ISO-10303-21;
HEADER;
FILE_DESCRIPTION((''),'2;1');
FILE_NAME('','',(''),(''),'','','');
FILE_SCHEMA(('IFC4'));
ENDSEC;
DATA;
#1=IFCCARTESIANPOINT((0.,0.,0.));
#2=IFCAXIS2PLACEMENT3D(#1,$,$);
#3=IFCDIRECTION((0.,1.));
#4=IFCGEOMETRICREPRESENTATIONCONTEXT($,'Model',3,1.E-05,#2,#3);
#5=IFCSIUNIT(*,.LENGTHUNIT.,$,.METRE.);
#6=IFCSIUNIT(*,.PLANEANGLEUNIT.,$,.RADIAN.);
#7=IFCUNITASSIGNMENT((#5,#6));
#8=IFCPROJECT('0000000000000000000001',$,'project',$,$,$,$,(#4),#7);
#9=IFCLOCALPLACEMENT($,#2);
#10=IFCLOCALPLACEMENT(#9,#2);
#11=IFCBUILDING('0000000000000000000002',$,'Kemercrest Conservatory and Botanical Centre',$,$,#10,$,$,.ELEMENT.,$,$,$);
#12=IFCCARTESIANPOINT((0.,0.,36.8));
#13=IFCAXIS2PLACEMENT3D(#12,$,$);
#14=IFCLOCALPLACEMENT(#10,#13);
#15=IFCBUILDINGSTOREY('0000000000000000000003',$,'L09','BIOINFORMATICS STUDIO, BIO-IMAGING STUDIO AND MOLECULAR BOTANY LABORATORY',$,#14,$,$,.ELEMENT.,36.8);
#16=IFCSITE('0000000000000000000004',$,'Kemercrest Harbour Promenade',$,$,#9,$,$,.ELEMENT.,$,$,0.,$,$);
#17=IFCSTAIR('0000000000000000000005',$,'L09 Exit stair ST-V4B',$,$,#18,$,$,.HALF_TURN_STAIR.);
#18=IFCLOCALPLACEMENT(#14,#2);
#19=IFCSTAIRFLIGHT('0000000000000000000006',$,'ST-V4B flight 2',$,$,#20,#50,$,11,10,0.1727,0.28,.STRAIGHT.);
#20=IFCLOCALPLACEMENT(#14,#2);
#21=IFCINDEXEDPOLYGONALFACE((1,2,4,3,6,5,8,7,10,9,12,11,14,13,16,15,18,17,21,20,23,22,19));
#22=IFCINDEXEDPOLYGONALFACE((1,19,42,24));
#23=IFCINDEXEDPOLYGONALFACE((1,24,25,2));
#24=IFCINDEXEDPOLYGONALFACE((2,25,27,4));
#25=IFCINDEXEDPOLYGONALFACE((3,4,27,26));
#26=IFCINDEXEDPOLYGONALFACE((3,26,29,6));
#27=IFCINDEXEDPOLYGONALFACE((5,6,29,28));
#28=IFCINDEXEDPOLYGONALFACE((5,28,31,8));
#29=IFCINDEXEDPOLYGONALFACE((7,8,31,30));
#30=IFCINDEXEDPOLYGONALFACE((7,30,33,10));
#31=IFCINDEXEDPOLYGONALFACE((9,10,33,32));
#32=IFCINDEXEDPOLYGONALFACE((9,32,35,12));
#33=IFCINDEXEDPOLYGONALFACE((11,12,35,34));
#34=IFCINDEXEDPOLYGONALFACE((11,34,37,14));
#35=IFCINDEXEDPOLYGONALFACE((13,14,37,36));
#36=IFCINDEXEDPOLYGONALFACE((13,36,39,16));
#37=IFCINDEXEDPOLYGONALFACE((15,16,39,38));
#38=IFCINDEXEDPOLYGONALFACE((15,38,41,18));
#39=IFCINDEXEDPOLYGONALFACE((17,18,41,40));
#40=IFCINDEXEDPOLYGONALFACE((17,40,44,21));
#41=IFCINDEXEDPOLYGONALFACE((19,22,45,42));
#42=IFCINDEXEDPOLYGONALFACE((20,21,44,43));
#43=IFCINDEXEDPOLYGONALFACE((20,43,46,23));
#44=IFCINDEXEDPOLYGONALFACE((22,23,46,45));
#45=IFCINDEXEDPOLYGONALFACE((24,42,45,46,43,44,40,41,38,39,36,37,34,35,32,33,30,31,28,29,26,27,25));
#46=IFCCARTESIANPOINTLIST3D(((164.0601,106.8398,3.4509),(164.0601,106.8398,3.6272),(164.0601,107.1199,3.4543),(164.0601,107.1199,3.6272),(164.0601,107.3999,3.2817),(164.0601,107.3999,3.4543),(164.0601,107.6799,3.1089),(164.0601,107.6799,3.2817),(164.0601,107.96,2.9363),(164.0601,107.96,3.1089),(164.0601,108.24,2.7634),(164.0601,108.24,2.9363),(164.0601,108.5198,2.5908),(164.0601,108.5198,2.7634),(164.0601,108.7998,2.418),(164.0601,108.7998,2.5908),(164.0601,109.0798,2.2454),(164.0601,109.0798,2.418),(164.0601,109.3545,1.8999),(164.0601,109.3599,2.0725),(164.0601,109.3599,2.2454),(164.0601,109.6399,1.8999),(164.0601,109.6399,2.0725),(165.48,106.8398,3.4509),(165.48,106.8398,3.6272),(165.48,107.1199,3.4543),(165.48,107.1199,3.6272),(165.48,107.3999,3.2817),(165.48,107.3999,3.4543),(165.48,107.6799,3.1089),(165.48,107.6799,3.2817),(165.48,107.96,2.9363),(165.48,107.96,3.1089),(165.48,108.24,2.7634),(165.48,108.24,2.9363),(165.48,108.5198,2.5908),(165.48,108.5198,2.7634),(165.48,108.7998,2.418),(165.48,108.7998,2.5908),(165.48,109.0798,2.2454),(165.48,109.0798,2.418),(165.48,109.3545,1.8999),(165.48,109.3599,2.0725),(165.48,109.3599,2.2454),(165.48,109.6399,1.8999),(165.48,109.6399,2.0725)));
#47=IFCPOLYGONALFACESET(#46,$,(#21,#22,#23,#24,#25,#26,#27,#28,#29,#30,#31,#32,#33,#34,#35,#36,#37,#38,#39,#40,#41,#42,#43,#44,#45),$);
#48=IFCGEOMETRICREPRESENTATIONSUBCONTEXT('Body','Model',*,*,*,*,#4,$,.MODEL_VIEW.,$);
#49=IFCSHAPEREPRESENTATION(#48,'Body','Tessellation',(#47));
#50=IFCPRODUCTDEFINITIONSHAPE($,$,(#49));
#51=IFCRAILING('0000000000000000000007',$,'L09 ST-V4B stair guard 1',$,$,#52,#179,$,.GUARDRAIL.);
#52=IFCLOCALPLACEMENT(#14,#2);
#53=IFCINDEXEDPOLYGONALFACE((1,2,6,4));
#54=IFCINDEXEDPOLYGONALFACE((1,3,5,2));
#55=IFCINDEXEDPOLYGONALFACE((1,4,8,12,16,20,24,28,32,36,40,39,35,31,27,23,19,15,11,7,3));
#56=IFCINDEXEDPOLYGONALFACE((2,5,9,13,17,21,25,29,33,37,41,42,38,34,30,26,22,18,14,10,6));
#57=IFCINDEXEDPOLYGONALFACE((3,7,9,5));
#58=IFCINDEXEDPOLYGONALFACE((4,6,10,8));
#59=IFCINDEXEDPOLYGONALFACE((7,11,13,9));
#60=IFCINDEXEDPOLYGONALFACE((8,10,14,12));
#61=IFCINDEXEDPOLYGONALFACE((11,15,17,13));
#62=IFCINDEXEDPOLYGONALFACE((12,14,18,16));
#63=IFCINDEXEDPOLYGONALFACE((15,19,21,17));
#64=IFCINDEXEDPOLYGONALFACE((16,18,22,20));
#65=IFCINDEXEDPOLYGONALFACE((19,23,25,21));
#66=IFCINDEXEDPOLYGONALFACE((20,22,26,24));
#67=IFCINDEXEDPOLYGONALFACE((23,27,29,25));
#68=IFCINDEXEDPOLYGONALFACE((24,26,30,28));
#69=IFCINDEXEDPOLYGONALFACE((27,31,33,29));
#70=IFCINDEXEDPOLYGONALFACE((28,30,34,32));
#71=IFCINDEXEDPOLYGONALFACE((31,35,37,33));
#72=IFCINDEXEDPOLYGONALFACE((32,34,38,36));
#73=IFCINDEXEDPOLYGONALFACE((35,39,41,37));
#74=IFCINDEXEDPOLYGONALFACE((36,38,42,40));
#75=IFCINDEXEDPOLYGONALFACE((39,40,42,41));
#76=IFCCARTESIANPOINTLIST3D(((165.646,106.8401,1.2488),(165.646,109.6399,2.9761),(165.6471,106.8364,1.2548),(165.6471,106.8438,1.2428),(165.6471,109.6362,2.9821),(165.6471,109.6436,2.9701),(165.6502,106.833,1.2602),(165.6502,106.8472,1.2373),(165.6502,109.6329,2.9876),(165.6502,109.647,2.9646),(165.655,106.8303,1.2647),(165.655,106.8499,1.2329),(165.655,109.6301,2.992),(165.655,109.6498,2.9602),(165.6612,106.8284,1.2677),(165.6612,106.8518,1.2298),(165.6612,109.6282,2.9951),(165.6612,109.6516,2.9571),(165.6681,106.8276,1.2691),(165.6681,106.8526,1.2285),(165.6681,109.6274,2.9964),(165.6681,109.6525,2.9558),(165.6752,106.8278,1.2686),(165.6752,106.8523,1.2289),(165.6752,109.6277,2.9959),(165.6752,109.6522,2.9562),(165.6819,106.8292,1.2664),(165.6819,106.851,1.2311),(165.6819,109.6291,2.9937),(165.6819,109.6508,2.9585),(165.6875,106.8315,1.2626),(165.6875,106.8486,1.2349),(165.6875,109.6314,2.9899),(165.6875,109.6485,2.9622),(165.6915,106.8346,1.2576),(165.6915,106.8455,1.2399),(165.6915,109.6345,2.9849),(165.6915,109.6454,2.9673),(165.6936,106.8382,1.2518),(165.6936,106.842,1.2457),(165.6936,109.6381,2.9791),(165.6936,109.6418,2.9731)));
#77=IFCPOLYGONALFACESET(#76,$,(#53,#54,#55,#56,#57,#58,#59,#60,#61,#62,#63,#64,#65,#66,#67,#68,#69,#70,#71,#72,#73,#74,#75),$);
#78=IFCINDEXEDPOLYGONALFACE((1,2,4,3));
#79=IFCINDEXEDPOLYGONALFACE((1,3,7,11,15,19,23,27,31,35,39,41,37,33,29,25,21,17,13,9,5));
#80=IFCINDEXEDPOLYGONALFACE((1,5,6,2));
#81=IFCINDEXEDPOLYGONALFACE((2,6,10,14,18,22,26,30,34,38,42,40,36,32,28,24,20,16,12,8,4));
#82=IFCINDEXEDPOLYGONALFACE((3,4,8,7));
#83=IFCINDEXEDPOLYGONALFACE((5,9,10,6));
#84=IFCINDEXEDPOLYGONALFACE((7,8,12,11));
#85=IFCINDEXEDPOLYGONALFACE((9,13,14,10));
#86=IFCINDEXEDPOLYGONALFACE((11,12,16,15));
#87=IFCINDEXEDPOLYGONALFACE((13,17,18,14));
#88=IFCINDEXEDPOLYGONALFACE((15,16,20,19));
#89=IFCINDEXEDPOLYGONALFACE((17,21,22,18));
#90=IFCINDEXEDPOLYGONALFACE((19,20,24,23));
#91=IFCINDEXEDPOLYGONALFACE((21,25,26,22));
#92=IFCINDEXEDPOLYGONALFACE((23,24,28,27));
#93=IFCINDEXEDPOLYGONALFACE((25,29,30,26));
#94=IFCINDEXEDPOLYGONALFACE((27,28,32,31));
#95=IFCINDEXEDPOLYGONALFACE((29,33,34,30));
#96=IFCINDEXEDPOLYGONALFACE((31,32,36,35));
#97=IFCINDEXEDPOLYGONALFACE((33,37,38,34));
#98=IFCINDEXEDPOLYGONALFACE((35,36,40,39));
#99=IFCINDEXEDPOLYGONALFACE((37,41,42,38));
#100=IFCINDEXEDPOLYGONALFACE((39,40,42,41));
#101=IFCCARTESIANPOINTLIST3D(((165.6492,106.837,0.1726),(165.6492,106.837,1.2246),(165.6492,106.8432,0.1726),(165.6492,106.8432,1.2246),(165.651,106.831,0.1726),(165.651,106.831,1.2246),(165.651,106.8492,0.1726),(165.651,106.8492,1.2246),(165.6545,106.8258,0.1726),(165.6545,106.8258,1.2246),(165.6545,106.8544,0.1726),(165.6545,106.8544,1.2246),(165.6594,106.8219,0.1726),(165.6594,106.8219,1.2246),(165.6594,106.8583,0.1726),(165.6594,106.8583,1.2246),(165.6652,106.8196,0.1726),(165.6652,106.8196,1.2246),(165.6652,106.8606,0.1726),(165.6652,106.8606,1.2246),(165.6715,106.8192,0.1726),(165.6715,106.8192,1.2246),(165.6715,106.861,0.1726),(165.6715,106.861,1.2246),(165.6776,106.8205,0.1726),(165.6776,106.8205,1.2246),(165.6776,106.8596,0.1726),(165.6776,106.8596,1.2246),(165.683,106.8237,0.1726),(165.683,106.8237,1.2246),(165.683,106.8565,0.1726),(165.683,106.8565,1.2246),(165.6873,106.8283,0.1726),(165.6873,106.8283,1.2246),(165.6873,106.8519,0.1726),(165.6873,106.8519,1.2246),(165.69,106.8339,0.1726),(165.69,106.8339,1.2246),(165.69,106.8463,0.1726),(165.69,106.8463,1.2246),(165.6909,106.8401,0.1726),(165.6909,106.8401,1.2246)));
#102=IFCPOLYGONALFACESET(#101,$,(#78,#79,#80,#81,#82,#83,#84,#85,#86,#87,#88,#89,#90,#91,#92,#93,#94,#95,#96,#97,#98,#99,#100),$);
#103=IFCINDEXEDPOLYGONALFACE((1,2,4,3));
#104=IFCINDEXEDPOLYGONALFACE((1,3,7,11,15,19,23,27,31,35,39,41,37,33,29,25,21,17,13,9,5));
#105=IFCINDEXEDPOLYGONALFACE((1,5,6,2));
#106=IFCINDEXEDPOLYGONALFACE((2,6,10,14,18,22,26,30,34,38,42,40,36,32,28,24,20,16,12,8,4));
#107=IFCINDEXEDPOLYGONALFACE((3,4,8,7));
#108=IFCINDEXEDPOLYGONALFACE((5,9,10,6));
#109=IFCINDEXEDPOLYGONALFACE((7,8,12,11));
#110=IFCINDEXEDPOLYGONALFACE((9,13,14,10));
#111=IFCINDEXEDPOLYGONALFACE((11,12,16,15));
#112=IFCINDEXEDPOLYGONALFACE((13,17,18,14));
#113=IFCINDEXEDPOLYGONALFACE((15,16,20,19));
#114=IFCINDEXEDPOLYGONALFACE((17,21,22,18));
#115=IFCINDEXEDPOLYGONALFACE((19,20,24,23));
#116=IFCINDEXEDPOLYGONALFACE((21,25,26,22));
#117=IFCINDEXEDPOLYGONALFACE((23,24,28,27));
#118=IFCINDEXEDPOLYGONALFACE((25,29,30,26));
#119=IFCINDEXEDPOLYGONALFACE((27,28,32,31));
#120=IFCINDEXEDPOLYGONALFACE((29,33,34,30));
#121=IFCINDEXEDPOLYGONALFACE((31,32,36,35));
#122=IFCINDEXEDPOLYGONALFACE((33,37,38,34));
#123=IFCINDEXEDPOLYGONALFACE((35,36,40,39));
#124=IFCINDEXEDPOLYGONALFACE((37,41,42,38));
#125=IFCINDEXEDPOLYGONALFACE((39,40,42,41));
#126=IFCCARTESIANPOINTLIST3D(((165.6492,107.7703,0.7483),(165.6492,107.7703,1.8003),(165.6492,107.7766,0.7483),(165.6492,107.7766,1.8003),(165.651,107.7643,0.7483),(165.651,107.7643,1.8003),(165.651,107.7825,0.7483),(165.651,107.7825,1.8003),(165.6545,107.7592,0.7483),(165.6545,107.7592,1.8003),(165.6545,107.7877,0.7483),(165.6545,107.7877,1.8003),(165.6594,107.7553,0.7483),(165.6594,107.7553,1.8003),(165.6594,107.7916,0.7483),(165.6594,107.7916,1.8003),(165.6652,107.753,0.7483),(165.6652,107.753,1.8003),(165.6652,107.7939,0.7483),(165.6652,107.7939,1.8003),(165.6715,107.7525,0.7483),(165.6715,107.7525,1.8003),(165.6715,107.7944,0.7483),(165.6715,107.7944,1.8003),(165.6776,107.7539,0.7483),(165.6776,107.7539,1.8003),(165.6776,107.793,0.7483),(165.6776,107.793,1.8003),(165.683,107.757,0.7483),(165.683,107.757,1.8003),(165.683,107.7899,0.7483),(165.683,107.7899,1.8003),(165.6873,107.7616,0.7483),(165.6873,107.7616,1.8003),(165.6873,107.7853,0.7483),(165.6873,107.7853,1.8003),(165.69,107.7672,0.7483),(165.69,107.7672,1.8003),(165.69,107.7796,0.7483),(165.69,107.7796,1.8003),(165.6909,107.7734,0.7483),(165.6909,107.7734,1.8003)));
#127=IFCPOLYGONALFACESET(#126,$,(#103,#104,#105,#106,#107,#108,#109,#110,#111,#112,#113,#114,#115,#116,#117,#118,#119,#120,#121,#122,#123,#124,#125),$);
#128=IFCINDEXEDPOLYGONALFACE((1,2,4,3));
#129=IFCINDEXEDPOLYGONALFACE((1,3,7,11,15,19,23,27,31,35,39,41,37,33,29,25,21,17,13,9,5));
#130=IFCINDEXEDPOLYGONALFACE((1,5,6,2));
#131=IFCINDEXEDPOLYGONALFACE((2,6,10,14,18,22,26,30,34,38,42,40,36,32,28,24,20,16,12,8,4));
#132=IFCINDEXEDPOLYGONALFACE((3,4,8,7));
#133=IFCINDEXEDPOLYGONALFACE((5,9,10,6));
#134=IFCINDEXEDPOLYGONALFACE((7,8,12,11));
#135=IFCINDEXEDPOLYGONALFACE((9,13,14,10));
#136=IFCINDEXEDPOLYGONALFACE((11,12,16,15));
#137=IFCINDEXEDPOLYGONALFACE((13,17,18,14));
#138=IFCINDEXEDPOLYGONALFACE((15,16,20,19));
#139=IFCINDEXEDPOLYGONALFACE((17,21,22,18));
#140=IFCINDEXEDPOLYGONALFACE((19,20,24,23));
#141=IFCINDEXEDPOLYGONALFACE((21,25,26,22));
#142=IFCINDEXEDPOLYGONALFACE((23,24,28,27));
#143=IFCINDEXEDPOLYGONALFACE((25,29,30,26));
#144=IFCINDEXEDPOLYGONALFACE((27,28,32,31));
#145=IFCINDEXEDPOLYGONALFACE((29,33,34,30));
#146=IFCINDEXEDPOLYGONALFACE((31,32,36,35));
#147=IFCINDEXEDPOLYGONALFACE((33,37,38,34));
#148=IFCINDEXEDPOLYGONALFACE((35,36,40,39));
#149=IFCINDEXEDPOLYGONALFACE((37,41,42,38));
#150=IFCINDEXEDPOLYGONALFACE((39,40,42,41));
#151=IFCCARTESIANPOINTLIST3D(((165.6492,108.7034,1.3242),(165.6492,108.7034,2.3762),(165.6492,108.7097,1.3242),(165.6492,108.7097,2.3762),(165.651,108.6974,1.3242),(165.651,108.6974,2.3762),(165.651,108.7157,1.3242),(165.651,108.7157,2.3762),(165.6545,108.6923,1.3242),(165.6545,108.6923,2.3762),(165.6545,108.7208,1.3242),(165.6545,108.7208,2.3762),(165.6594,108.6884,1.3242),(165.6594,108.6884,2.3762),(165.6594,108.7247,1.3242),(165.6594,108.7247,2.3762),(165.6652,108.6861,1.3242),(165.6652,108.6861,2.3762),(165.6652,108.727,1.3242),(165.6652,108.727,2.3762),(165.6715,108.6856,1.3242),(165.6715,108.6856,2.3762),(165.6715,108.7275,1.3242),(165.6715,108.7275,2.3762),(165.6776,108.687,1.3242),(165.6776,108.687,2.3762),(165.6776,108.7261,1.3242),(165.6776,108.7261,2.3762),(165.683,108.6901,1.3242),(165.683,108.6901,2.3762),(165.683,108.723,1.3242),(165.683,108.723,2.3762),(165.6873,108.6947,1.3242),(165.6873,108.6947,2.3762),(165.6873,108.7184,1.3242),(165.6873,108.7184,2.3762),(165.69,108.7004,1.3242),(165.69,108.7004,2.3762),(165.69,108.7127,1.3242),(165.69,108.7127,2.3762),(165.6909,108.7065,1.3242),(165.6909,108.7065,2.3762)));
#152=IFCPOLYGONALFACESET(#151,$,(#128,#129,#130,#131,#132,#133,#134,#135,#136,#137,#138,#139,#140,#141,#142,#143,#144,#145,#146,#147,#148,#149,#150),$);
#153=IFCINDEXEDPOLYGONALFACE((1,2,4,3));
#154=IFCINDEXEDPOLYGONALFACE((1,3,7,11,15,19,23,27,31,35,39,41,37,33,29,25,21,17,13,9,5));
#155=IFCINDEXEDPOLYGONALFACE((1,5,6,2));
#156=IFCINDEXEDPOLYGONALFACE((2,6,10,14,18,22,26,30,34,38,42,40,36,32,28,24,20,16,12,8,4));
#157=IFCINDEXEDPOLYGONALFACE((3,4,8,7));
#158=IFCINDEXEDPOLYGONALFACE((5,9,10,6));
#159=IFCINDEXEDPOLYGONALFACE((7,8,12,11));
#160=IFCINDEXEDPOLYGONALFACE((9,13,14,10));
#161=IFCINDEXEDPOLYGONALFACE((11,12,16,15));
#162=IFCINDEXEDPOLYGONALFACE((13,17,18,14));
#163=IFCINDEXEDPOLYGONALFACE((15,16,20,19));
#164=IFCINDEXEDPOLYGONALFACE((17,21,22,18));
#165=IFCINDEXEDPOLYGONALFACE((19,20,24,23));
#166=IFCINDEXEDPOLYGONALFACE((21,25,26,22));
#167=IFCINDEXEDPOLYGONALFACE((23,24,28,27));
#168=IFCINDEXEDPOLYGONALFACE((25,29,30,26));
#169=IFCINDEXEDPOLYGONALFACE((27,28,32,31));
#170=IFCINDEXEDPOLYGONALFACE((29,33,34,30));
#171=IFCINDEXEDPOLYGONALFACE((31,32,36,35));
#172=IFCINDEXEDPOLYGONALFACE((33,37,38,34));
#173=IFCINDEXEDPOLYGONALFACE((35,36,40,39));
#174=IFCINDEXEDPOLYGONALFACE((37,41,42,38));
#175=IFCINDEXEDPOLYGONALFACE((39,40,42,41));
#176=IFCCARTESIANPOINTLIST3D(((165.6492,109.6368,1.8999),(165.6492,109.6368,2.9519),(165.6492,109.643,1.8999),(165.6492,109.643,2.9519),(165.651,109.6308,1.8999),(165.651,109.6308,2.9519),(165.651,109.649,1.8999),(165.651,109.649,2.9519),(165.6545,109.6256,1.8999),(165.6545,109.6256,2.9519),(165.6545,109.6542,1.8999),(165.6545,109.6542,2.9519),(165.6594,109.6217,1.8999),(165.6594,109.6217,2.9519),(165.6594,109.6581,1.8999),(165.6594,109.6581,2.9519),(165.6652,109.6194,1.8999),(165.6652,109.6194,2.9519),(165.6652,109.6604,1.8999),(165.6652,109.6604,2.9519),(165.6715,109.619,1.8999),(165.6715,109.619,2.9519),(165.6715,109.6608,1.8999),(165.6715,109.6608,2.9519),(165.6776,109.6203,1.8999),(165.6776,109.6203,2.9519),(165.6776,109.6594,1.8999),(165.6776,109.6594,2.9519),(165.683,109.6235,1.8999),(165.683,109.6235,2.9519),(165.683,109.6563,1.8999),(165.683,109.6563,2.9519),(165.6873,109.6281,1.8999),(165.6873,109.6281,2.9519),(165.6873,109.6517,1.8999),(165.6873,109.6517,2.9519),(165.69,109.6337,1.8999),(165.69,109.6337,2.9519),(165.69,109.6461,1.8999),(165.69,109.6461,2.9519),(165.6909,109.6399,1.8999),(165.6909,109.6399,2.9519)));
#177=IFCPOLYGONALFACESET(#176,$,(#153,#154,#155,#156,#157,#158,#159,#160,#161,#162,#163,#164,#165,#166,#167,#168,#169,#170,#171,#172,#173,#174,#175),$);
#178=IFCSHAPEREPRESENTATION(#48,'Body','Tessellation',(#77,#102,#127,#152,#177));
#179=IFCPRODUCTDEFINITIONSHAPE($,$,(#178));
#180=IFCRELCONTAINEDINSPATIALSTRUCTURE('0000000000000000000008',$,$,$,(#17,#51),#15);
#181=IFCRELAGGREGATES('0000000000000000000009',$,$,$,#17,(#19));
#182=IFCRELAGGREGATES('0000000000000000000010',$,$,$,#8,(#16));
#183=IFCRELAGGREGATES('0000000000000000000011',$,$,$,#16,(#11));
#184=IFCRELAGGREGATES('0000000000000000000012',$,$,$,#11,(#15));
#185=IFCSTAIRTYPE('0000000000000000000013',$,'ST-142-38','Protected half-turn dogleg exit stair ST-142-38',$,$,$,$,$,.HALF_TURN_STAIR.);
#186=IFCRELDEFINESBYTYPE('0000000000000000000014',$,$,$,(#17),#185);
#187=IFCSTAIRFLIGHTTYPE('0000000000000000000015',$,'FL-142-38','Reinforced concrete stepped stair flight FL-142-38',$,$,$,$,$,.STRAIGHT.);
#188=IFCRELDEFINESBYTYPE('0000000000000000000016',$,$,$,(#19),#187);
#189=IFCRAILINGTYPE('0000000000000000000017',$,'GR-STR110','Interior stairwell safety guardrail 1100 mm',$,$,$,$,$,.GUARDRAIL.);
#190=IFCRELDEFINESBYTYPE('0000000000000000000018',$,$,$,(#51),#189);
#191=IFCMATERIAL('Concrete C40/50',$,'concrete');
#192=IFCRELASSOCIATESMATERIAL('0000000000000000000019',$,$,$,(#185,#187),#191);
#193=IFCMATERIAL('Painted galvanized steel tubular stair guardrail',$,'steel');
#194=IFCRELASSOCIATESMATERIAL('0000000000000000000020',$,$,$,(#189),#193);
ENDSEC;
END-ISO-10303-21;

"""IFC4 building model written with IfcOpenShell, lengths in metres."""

from ifc_helpers import new_model, si_unit, direction, frame, origin, origin_2d, place, context, subcontext, project, spatial, polyline, circle, outline, extrude, material, type_object, element, aggregate, save


model = new_model("IFC4")

# Units and contexts
model_context = context("Model", 3, precision=1e-05, world=origin(), true_north=direction((0.0, 1.0)))
body_context = subcontext(model_context, "Body", "Model", "MODEL_VIEW")
ifc_project = project(units=[si_unit("LENGTHUNIT", "METRE"), si_unit("PLANEANGLEUNIT", "RADIAN")], contexts=[model_context])

# Site, building, storey
site_placement = place(None, origin())
site = spatial("IfcSite", under=ifc_project, at=site_placement, Name="Kemercrest Harbour Promenade", CompositionType="ELEMENT", RefElevation=0.0)
building_placement = place(site_placement, origin())
building = spatial("IfcBuilding", under=site, at=building_placement, Name="Kemercrest Conservatory and Botanical Centre", CompositionType="ELEMENT")
storey_placement = place(building_placement, frame((0.0, 0.0, 36.8)))
storey = spatial("IfcBuildingStorey", under=building, at=storey_placement, Name="L09", Description="BIOINFORMATICS STUDIO, BIO-IMAGING STUDIO AND MOLECULAR BOTANY LABORATORY", CompositionType="ELEMENT", Elevation=36.8)

# Shared definitions
ifc_material_1 = material(Name="Concrete C40/50", Category="concrete")

# Stair, stair flight
stair_type = type_object("IfcStairType", Name="ST-142-38", Description="Protected half-turn dogleg exit stair ST-142-38", PredefinedType="HALF_TURN_STAIR", material=ifc_material_1)
stair_placement = place(storey_placement, origin())
stair = element("IfcStair", 1, at=stair_placement, inside=storey, type_object=stair_type, Name="L09 Exit stair ST-V4B", PredefinedType="HALF_TURN_STAIR")
stair_flight_type = type_object("IfcStairFlightType", Name="FL-142-38", Description="Reinforced concrete stepped stair flight FL-142-38", PredefinedType="STRAIGHT", material=ifc_material_1)
stair_flight_1_placement = place(storey_placement, frame((164.77, 109.6399, 1.8999), z_axis=(0.0, 0.0, 1.0), x_axis=(0.0, -1.0, 0.0)))
stair_flight_1 = element("IfcStairFlight", 2, at=stair_flight_1_placement, type_object=stair_flight_type, Name="ST-V4B flight 2", NumberOfRisers=11, NumberOfTreads=10, PredefinedType="STRAIGHT", RiserHeight=0.1727, TreadLength=0.28, context=body_context, shape_type="SweptSolid", body=[
    extrude(outline(polyline([(0.0, 0.0), (0.0, 0.1726), (0.28, 0.1726), (0.28, 0.3455), (0.5601, 0.3455), (0.5601, 0.5181), (0.8401, 0.5181), (0.8401, 0.6909), (1.1201, 0.6909), (1.1201, 0.8635), (1.3999, 0.8635), (1.3999, 1.0364), (1.6799, 1.0364), (1.6799, 1.209), (1.96, 1.209), (1.96, 1.3818), (2.24, 1.3818), (2.24, 1.5544), (2.52, 1.5544), (2.52, 1.7273), (2.8, 1.7273), (2.8, 1.8999), (2.8, 1.551), (0.2854, 0.0), (0.0, 0.0)])), frame((0.0, 0.71, 0.0), z_axis=(0.0, -1.0, 0.0), x_axis=(1.0, 0.0, 0.0)), (0.0, 0.0, 1.0), 1.4199),
])
aggregate(stair, [stair_flight_1])

# Railing
ifc_material_2 = material(Name="Painted galvanized steel tubular stair guardrail", Category="steel")
railing_type_1 = type_object("IfcRailingType", Name="GR-STR110", Description="Interior stairwell safety guardrail 1100 mm", PredefinedType="GUARDRAIL", material=ifc_material_2)
railing_1_placement = place(storey_placement, frame((165.6699, 106.8401, 0.1726)))
element("IfcRailing", 3, at=railing_1_placement, inside=storey, type_object=railing_type_1, Name="L09 ST-V4B stair guard 1", PredefinedType="GUARDRAIL", context=body_context, shape_type="SweptSolid", body=[
    extrude(circle(Radius=0.0239, at=origin_2d()), frame((0.0, 0.0, 1.0762), z_axis=(0.0, 0.851069, 0.525054), x_axis=(-1.0, 0.0, 0.0)), (0.0, 0.0, 1.0), 3.2898),
    extrude(circle(Radius=0.021, at=origin_2d()), origin(), (0.0, 0.0, 1.0), 1.052),
    extrude(circle(Radius=0.021, at=origin_2d()), frame((0.0, 0.9333, 0.5757)), (0.0, 0.0, 1.0), 1.052),
    extrude(circle(Radius=0.021, at=origin_2d()), frame((0.0, 1.8665, 1.1516)), (0.0, 0.0, 1.0), 1.052),
    extrude(circle(Radius=0.021, at=origin_2d()), frame((0.0, 2.7998, 1.7273)), (0.0, 0.0, 1.0), 1.052),
])

save(model, "model.ifc")
